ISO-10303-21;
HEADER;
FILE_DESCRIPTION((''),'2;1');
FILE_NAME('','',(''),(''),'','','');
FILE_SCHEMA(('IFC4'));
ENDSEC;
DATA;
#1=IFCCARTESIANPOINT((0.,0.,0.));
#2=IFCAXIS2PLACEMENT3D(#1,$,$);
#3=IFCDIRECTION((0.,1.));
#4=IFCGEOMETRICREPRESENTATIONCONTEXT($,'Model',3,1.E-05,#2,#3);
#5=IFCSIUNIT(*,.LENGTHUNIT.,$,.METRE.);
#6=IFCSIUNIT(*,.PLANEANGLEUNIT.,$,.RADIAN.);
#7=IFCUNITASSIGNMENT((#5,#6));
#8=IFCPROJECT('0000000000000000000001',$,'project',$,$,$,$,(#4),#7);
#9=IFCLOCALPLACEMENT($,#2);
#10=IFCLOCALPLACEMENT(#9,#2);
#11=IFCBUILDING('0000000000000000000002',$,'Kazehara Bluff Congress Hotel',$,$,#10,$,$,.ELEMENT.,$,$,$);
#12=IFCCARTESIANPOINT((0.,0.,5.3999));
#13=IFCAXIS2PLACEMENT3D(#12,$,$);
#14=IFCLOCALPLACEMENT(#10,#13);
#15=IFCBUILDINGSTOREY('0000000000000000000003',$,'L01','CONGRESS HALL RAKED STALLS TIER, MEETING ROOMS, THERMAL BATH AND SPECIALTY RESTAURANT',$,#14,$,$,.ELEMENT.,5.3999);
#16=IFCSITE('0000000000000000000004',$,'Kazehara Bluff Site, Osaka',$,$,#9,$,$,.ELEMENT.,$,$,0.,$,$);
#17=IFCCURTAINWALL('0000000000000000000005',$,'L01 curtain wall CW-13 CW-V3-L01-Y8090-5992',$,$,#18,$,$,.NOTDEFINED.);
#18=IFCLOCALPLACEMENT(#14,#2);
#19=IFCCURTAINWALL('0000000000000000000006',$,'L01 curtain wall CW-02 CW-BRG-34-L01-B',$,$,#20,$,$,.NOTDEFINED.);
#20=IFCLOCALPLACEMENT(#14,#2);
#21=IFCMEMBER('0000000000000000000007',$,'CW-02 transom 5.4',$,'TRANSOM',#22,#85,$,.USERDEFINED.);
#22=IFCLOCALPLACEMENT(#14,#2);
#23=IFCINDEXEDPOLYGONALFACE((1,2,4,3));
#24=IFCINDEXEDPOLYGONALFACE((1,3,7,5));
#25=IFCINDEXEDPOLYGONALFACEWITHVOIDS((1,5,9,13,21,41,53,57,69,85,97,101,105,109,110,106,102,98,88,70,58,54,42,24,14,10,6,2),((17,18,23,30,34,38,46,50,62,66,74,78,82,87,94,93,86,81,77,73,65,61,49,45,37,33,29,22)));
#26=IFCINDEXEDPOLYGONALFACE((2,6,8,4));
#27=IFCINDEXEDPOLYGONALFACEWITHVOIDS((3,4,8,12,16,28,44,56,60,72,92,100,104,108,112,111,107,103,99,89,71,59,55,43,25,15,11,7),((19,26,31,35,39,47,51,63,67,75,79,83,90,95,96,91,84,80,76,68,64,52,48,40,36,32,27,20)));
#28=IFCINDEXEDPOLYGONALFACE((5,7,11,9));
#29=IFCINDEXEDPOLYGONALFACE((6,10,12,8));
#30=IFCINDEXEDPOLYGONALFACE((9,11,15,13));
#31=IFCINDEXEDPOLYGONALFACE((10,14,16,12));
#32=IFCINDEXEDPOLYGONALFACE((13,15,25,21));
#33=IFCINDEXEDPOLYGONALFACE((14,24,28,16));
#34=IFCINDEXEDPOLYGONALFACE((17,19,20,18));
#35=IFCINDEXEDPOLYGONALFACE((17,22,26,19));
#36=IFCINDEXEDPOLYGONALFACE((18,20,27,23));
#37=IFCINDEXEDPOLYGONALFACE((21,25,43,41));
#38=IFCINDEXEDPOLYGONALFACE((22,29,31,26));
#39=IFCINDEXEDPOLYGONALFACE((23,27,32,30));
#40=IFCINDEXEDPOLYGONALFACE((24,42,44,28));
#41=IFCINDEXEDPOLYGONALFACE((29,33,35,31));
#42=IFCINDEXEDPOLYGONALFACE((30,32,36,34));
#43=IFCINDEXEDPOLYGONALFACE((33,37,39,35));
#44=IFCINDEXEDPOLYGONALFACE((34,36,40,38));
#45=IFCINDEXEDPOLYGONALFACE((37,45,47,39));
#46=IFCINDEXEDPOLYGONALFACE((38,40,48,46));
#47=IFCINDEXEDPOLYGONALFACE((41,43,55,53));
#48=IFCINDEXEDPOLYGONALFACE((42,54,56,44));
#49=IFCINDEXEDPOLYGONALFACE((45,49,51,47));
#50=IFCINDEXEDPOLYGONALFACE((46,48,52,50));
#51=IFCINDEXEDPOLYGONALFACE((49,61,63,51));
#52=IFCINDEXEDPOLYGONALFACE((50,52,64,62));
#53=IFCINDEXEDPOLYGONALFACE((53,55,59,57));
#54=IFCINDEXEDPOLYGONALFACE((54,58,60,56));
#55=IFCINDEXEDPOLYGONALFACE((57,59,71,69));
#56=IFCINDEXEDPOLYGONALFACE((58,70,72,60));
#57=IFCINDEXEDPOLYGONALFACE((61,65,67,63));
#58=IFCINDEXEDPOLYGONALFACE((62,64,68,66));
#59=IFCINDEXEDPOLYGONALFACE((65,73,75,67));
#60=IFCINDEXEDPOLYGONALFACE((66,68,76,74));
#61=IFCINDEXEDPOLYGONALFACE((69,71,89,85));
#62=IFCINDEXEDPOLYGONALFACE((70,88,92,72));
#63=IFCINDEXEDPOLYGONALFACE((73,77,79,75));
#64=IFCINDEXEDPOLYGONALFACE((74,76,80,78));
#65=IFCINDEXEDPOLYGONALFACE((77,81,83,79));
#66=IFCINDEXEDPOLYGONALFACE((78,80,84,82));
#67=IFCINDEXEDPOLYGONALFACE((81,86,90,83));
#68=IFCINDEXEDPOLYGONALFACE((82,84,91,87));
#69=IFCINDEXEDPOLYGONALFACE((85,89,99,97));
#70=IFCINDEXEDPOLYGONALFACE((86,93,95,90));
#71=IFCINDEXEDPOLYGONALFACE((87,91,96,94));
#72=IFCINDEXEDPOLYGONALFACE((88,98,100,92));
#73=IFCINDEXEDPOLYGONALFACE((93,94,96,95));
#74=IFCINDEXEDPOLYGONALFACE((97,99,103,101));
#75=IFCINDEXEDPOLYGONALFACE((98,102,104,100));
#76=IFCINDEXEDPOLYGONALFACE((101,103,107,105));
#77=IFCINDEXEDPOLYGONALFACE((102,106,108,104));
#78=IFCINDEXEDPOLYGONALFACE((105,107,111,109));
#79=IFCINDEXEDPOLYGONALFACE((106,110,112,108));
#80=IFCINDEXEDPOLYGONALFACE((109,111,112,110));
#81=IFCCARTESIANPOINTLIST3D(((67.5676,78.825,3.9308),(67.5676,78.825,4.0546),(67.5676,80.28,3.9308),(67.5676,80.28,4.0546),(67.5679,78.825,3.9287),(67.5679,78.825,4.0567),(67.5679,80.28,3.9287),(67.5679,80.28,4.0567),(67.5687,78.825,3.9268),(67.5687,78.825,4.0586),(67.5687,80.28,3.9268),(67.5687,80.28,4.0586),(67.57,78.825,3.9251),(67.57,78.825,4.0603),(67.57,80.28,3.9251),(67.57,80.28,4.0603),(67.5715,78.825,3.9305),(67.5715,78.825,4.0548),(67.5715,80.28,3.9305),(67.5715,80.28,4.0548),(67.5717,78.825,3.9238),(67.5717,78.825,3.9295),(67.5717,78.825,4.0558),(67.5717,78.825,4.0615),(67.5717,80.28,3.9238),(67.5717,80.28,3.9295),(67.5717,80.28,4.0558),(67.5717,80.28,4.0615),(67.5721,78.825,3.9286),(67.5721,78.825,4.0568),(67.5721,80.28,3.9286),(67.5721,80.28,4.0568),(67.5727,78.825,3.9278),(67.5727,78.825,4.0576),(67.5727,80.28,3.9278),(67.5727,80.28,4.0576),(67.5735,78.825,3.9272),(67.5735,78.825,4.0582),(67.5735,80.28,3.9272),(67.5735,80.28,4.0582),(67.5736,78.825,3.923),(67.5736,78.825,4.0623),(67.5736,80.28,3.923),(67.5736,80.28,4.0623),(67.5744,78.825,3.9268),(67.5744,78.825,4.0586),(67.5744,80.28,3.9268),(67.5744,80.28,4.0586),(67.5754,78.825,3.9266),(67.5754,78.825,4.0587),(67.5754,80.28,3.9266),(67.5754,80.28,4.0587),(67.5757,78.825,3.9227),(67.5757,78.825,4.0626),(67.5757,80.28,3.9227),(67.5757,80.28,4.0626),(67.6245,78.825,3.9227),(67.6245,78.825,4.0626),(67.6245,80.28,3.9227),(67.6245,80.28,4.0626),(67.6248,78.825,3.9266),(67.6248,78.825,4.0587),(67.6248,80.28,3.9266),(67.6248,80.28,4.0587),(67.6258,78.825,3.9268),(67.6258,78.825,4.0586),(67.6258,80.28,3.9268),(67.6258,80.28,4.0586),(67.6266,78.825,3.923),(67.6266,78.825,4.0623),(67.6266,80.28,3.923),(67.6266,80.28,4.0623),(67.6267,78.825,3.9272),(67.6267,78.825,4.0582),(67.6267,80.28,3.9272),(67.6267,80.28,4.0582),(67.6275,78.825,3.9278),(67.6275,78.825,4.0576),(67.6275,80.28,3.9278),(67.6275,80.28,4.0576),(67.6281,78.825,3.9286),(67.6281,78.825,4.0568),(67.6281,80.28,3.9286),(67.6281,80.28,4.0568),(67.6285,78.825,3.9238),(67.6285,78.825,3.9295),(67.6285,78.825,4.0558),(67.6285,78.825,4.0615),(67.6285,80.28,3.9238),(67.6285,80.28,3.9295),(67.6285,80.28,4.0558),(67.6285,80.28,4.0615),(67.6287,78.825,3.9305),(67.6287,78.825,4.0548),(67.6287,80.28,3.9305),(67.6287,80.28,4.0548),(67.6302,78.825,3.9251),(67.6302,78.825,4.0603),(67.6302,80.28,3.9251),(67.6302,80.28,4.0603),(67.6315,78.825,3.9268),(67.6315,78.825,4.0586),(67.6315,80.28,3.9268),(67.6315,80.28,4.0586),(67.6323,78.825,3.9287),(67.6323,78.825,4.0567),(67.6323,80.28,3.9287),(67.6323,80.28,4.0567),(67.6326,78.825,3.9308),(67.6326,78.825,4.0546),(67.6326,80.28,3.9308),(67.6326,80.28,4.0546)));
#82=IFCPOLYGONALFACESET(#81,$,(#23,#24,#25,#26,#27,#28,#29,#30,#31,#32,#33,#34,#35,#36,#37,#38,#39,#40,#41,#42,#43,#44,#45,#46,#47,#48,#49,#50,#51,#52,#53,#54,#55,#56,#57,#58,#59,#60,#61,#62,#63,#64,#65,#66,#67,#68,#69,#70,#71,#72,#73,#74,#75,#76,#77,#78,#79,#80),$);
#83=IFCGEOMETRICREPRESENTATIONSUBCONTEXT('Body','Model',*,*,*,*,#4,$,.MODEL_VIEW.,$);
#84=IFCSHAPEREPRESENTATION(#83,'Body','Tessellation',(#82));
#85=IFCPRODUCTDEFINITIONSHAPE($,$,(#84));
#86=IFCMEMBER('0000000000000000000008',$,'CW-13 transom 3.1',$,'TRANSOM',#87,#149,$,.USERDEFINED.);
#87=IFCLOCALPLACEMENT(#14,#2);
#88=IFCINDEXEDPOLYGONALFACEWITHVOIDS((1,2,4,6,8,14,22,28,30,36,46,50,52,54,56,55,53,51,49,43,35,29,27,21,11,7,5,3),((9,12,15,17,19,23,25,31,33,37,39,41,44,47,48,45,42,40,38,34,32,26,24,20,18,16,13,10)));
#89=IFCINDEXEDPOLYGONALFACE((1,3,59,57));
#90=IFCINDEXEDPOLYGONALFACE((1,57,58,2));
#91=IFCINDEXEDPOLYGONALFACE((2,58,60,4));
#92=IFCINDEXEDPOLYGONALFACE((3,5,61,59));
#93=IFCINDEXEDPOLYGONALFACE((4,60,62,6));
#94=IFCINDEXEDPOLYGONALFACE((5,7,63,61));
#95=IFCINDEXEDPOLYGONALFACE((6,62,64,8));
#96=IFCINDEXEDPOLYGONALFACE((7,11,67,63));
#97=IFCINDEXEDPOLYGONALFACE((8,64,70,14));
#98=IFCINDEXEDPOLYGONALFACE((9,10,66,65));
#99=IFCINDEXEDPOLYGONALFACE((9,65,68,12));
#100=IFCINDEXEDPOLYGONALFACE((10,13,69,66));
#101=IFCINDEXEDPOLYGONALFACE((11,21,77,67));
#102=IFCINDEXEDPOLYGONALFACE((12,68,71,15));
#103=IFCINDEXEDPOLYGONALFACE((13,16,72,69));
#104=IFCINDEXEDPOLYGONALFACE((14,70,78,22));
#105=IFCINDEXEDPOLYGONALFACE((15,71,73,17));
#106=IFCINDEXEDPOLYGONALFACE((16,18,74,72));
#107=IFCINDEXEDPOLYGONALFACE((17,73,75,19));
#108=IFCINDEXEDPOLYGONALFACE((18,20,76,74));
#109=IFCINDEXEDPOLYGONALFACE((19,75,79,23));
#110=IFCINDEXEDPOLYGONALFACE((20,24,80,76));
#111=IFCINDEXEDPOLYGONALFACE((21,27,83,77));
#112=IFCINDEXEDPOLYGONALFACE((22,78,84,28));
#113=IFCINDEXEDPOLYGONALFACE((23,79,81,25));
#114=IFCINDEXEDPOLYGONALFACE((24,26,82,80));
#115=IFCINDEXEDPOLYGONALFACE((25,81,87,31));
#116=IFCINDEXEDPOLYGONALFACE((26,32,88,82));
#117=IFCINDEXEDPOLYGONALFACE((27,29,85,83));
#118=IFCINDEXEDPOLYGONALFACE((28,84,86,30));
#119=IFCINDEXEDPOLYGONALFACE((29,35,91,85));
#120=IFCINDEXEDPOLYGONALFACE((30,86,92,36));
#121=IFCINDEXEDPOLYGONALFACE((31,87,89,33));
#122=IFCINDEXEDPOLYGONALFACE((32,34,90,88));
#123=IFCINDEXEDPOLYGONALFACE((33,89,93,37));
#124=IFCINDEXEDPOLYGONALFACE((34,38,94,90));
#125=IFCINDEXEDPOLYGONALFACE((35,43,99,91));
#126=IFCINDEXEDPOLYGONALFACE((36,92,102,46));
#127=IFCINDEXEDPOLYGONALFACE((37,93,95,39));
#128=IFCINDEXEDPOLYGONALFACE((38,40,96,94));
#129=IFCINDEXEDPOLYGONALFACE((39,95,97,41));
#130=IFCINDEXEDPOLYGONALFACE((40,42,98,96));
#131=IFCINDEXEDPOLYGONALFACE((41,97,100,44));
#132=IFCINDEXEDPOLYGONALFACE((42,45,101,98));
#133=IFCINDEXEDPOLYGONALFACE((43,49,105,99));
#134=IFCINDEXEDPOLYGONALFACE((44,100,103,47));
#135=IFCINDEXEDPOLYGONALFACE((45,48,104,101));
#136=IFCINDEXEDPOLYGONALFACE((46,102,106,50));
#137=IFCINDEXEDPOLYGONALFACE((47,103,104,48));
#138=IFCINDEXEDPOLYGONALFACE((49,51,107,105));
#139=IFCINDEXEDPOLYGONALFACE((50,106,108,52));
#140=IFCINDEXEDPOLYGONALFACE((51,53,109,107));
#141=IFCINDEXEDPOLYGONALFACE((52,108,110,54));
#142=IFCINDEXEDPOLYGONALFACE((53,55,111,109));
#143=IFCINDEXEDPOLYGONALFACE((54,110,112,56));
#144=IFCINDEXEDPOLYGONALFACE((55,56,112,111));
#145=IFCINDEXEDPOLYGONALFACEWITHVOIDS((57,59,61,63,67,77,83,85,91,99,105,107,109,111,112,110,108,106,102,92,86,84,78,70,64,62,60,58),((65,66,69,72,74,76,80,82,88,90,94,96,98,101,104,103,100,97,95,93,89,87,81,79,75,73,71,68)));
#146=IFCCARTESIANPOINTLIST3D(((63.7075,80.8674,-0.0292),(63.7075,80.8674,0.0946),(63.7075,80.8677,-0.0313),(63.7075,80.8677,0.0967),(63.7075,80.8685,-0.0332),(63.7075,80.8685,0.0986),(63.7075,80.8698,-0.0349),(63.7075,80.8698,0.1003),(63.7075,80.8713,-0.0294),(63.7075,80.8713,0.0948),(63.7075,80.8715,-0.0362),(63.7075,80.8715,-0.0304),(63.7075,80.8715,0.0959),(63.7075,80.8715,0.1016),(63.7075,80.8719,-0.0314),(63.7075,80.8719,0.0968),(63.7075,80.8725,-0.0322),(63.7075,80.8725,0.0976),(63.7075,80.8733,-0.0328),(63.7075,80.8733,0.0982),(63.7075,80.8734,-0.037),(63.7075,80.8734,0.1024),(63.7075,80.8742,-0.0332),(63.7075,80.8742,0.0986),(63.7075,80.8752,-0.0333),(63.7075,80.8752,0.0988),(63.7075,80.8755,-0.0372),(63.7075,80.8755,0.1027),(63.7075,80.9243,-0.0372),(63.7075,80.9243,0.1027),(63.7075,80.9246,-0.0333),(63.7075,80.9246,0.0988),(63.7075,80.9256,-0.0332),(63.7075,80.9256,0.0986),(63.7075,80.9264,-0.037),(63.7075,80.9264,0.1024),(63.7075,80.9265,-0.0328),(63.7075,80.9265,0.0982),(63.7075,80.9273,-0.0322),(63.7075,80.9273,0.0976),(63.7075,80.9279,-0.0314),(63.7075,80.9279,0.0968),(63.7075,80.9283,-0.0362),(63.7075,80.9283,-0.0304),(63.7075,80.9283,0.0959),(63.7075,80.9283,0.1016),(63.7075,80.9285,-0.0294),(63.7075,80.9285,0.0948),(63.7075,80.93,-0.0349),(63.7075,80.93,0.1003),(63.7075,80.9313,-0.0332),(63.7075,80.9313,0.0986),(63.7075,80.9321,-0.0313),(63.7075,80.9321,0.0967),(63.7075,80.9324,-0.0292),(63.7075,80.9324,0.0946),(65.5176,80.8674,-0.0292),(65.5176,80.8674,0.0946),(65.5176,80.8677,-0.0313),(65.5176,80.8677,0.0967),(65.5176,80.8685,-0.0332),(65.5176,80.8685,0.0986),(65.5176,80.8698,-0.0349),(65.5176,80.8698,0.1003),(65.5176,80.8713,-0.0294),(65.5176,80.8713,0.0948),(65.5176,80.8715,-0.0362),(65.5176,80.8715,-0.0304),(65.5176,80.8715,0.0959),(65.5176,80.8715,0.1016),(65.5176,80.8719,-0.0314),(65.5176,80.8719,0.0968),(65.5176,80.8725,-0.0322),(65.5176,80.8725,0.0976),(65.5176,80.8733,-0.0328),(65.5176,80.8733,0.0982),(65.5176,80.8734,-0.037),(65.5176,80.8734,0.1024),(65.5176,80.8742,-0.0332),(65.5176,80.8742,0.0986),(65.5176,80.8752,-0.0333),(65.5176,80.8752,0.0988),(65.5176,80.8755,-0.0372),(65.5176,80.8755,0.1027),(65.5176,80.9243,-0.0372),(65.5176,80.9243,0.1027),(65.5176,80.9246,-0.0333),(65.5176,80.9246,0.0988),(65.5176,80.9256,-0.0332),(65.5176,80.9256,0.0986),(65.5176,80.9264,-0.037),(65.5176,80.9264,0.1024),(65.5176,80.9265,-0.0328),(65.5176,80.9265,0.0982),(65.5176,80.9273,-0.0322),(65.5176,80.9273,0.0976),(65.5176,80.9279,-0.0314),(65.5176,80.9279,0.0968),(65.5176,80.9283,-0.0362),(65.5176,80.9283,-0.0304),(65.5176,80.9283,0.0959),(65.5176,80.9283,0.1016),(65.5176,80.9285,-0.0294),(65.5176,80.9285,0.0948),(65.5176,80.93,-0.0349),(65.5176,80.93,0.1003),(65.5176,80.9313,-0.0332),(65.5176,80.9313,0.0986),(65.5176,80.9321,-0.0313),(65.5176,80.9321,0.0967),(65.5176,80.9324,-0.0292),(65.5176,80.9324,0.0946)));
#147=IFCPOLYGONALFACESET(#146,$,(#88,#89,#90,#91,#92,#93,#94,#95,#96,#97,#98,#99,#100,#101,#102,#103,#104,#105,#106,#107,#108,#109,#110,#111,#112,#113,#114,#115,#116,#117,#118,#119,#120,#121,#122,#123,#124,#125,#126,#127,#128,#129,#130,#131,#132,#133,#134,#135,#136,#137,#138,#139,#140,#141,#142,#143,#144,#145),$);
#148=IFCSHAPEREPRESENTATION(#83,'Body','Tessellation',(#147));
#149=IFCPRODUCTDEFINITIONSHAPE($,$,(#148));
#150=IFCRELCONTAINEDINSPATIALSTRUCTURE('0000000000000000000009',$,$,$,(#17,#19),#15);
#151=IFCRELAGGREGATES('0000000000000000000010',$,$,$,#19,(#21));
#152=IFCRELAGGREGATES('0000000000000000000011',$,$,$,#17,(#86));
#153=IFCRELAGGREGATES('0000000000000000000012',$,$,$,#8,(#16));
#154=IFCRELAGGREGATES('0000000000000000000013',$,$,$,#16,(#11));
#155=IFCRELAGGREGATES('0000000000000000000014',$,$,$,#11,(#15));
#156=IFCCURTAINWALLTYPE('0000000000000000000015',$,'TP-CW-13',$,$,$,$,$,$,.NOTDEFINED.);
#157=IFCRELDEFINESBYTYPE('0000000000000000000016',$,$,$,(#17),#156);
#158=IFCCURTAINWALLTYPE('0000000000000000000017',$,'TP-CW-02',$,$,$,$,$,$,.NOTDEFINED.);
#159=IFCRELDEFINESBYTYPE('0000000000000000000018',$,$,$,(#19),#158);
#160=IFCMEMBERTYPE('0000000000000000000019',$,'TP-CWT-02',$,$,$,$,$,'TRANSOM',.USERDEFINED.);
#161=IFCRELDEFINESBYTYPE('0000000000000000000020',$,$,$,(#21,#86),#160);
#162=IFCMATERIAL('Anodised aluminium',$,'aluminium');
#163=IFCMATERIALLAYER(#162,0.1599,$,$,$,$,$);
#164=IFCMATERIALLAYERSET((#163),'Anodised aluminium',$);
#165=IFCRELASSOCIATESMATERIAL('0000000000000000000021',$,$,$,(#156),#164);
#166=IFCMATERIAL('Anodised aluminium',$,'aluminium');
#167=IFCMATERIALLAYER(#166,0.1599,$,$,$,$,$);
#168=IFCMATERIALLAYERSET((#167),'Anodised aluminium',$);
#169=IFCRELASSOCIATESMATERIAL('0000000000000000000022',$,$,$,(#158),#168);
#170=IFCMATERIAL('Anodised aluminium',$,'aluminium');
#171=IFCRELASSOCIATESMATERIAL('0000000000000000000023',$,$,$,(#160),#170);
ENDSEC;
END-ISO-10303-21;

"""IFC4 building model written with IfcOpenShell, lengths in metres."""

from ifc_helpers import new_model, si_unit, direction, frame, origin, origin_2d, place, context, subcontext, project, spatial, hollow_rectangle, extrude, material, layer, layer_set, material_profile, profile_set, type_object, element, aggregate, save


model = new_model("IFC4")

# Units and contexts
model_context = context("Model", 3, precision=1e-05, world=origin(), true_north=direction((0.0, 1.0)))
body_context = subcontext(model_context, "Body", "Model", "MODEL_VIEW")
ifc_project = project(units=[si_unit("LENGTHUNIT", "METRE"), si_unit("PLANEANGLEUNIT", "RADIAN")], contexts=[model_context])

# Site, building, storey
site_placement = place(None, origin())
site = spatial("IfcSite", under=ifc_project, at=site_placement, Name="Kazehara Bluff Site, Osaka", CompositionType="ELEMENT", RefElevation=0.0)
building_placement = place(site_placement, origin())
building = spatial("IfcBuilding", under=site, at=building_placement, Name="Kazehara Bluff Congress Hotel", CompositionType="ELEMENT")
storey_placement = place(building_placement, frame((0.0, 0.0, 5.3999)))
storey = spatial("IfcBuildingStorey", under=building, at=storey_placement, Name="L01", Description="CONGRESS HALL RAKED STALLS TIER, MEETING ROOMS, THERMAL BATH AND SPECIALTY RESTAURANT", CompositionType="ELEMENT", Elevation=5.3999)

# Curtain walls, member
ifc_material_1 = material(Name="Anodised aluminium", Category="aluminium")
ifc_layer_1 = layer(ifc_material_1, 0.1599)
ifc_layer_set_1 = layer_set([ifc_layer_1], Name="Anodised aluminium")
curtain_wall_type_1 = type_object("IfcCurtainWallType", Name="TP-CW-13", PredefinedType="NOTDEFINED", material=ifc_layer_set_1)
curtain_wall_1_placement = place(storey_placement, origin())
curtain_wall_1 = element("IfcCurtainWall", 1, at=curtain_wall_1_placement, inside=storey, type_object=curtain_wall_type_1, Name="L01 curtain wall CW-13 CW-V3-L01-Y8090-5992", PredefinedType="NOTDEFINED")
ifc_material_2 = material(Name="Anodised aluminium", Category="aluminium")
ifc_layer_2 = layer(ifc_material_2, 0.1599)
ifc_layer_set_2 = layer_set([ifc_layer_2], Name="Anodised aluminium")
curtain_wall_type_2 = type_object("IfcCurtainWallType", Name="TP-CW-02", PredefinedType="NOTDEFINED", material=ifc_layer_set_2)
curtain_wall_2_placement = place(storey_placement, origin())
curtain_wall_2 = element("IfcCurtainWall", 2, at=curtain_wall_2_placement, inside=storey, type_object=curtain_wall_type_2, Name="L01 curtain wall CW-02 CW-BRG-34-L01-B", PredefinedType="NOTDEFINED")
ifc_material_3 = material(Name="Anodised aluminium", Category="aluminium")
ifc_material_profile_1 = material_profile(ifc_material_3, hollow_rectangle(XDim=0.0649, YDim=0.1399, WallThickness=0.0039, InnerFilletRadius=0.0039, OuterFilletRadius=0.0081, at=origin_2d()))
ifc_profile_set_1 = profile_set([ifc_material_profile_1], Name="Anodised aluminium")
member_type_1 = type_object("IfcMemberType", Name="TP-CWT-02", ElementType="TRANSOM", PredefinedType="USERDEFINED", material=ifc_profile_set_1)
member_1_placement = place(storey_placement, frame((67.6001, 78.825, 3.9927), z_axis=(0.0, 1.0, 0.0), x_axis=(-1.0, 0.0, 0.0)))
member_1 = element("IfcMember", 3, at=member_1_placement, type_object=member_type_1, Name="CW-02 transom 5.4", ObjectType="TRANSOM", PredefinedType="USERDEFINED", context=body_context, shape_type="SweptSolid", body=[
    extrude(hollow_rectangle(XDim=0.0649, YDim=0.1399, WallThickness=0.0039, InnerFilletRadius=0.0039, OuterFilletRadius=0.0081, at=origin_2d()), origin(), (0.0, 0.0, 1.0), 1.4551),
])

# Member
member_2_placement = place(storey_placement, frame((63.7075, 80.8999, 0.0327), z_axis=(1.0, 0.0, 0.0), x_axis=(0.0, 1.0, 0.0)))
member_2 = element("IfcMember", 4, at=member_2_placement, type_object=member_type_1, Name="CW-13 transom 3.1", ObjectType="TRANSOM", PredefinedType="USERDEFINED", context=body_context, shape_type="SweptSolid", body=[
    extrude(hollow_rectangle(XDim=0.0649, YDim=0.1399, WallThickness=0.0039, InnerFilletRadius=0.0039, OuterFilletRadius=0.0081, at=origin_2d()), origin(), (0.0, 0.0, 1.0), 1.8101),
])

aggregate(curtain_wall_2, [member_1])
aggregate(curtain_wall_1, [member_2])

save(model, "model.ifc")
